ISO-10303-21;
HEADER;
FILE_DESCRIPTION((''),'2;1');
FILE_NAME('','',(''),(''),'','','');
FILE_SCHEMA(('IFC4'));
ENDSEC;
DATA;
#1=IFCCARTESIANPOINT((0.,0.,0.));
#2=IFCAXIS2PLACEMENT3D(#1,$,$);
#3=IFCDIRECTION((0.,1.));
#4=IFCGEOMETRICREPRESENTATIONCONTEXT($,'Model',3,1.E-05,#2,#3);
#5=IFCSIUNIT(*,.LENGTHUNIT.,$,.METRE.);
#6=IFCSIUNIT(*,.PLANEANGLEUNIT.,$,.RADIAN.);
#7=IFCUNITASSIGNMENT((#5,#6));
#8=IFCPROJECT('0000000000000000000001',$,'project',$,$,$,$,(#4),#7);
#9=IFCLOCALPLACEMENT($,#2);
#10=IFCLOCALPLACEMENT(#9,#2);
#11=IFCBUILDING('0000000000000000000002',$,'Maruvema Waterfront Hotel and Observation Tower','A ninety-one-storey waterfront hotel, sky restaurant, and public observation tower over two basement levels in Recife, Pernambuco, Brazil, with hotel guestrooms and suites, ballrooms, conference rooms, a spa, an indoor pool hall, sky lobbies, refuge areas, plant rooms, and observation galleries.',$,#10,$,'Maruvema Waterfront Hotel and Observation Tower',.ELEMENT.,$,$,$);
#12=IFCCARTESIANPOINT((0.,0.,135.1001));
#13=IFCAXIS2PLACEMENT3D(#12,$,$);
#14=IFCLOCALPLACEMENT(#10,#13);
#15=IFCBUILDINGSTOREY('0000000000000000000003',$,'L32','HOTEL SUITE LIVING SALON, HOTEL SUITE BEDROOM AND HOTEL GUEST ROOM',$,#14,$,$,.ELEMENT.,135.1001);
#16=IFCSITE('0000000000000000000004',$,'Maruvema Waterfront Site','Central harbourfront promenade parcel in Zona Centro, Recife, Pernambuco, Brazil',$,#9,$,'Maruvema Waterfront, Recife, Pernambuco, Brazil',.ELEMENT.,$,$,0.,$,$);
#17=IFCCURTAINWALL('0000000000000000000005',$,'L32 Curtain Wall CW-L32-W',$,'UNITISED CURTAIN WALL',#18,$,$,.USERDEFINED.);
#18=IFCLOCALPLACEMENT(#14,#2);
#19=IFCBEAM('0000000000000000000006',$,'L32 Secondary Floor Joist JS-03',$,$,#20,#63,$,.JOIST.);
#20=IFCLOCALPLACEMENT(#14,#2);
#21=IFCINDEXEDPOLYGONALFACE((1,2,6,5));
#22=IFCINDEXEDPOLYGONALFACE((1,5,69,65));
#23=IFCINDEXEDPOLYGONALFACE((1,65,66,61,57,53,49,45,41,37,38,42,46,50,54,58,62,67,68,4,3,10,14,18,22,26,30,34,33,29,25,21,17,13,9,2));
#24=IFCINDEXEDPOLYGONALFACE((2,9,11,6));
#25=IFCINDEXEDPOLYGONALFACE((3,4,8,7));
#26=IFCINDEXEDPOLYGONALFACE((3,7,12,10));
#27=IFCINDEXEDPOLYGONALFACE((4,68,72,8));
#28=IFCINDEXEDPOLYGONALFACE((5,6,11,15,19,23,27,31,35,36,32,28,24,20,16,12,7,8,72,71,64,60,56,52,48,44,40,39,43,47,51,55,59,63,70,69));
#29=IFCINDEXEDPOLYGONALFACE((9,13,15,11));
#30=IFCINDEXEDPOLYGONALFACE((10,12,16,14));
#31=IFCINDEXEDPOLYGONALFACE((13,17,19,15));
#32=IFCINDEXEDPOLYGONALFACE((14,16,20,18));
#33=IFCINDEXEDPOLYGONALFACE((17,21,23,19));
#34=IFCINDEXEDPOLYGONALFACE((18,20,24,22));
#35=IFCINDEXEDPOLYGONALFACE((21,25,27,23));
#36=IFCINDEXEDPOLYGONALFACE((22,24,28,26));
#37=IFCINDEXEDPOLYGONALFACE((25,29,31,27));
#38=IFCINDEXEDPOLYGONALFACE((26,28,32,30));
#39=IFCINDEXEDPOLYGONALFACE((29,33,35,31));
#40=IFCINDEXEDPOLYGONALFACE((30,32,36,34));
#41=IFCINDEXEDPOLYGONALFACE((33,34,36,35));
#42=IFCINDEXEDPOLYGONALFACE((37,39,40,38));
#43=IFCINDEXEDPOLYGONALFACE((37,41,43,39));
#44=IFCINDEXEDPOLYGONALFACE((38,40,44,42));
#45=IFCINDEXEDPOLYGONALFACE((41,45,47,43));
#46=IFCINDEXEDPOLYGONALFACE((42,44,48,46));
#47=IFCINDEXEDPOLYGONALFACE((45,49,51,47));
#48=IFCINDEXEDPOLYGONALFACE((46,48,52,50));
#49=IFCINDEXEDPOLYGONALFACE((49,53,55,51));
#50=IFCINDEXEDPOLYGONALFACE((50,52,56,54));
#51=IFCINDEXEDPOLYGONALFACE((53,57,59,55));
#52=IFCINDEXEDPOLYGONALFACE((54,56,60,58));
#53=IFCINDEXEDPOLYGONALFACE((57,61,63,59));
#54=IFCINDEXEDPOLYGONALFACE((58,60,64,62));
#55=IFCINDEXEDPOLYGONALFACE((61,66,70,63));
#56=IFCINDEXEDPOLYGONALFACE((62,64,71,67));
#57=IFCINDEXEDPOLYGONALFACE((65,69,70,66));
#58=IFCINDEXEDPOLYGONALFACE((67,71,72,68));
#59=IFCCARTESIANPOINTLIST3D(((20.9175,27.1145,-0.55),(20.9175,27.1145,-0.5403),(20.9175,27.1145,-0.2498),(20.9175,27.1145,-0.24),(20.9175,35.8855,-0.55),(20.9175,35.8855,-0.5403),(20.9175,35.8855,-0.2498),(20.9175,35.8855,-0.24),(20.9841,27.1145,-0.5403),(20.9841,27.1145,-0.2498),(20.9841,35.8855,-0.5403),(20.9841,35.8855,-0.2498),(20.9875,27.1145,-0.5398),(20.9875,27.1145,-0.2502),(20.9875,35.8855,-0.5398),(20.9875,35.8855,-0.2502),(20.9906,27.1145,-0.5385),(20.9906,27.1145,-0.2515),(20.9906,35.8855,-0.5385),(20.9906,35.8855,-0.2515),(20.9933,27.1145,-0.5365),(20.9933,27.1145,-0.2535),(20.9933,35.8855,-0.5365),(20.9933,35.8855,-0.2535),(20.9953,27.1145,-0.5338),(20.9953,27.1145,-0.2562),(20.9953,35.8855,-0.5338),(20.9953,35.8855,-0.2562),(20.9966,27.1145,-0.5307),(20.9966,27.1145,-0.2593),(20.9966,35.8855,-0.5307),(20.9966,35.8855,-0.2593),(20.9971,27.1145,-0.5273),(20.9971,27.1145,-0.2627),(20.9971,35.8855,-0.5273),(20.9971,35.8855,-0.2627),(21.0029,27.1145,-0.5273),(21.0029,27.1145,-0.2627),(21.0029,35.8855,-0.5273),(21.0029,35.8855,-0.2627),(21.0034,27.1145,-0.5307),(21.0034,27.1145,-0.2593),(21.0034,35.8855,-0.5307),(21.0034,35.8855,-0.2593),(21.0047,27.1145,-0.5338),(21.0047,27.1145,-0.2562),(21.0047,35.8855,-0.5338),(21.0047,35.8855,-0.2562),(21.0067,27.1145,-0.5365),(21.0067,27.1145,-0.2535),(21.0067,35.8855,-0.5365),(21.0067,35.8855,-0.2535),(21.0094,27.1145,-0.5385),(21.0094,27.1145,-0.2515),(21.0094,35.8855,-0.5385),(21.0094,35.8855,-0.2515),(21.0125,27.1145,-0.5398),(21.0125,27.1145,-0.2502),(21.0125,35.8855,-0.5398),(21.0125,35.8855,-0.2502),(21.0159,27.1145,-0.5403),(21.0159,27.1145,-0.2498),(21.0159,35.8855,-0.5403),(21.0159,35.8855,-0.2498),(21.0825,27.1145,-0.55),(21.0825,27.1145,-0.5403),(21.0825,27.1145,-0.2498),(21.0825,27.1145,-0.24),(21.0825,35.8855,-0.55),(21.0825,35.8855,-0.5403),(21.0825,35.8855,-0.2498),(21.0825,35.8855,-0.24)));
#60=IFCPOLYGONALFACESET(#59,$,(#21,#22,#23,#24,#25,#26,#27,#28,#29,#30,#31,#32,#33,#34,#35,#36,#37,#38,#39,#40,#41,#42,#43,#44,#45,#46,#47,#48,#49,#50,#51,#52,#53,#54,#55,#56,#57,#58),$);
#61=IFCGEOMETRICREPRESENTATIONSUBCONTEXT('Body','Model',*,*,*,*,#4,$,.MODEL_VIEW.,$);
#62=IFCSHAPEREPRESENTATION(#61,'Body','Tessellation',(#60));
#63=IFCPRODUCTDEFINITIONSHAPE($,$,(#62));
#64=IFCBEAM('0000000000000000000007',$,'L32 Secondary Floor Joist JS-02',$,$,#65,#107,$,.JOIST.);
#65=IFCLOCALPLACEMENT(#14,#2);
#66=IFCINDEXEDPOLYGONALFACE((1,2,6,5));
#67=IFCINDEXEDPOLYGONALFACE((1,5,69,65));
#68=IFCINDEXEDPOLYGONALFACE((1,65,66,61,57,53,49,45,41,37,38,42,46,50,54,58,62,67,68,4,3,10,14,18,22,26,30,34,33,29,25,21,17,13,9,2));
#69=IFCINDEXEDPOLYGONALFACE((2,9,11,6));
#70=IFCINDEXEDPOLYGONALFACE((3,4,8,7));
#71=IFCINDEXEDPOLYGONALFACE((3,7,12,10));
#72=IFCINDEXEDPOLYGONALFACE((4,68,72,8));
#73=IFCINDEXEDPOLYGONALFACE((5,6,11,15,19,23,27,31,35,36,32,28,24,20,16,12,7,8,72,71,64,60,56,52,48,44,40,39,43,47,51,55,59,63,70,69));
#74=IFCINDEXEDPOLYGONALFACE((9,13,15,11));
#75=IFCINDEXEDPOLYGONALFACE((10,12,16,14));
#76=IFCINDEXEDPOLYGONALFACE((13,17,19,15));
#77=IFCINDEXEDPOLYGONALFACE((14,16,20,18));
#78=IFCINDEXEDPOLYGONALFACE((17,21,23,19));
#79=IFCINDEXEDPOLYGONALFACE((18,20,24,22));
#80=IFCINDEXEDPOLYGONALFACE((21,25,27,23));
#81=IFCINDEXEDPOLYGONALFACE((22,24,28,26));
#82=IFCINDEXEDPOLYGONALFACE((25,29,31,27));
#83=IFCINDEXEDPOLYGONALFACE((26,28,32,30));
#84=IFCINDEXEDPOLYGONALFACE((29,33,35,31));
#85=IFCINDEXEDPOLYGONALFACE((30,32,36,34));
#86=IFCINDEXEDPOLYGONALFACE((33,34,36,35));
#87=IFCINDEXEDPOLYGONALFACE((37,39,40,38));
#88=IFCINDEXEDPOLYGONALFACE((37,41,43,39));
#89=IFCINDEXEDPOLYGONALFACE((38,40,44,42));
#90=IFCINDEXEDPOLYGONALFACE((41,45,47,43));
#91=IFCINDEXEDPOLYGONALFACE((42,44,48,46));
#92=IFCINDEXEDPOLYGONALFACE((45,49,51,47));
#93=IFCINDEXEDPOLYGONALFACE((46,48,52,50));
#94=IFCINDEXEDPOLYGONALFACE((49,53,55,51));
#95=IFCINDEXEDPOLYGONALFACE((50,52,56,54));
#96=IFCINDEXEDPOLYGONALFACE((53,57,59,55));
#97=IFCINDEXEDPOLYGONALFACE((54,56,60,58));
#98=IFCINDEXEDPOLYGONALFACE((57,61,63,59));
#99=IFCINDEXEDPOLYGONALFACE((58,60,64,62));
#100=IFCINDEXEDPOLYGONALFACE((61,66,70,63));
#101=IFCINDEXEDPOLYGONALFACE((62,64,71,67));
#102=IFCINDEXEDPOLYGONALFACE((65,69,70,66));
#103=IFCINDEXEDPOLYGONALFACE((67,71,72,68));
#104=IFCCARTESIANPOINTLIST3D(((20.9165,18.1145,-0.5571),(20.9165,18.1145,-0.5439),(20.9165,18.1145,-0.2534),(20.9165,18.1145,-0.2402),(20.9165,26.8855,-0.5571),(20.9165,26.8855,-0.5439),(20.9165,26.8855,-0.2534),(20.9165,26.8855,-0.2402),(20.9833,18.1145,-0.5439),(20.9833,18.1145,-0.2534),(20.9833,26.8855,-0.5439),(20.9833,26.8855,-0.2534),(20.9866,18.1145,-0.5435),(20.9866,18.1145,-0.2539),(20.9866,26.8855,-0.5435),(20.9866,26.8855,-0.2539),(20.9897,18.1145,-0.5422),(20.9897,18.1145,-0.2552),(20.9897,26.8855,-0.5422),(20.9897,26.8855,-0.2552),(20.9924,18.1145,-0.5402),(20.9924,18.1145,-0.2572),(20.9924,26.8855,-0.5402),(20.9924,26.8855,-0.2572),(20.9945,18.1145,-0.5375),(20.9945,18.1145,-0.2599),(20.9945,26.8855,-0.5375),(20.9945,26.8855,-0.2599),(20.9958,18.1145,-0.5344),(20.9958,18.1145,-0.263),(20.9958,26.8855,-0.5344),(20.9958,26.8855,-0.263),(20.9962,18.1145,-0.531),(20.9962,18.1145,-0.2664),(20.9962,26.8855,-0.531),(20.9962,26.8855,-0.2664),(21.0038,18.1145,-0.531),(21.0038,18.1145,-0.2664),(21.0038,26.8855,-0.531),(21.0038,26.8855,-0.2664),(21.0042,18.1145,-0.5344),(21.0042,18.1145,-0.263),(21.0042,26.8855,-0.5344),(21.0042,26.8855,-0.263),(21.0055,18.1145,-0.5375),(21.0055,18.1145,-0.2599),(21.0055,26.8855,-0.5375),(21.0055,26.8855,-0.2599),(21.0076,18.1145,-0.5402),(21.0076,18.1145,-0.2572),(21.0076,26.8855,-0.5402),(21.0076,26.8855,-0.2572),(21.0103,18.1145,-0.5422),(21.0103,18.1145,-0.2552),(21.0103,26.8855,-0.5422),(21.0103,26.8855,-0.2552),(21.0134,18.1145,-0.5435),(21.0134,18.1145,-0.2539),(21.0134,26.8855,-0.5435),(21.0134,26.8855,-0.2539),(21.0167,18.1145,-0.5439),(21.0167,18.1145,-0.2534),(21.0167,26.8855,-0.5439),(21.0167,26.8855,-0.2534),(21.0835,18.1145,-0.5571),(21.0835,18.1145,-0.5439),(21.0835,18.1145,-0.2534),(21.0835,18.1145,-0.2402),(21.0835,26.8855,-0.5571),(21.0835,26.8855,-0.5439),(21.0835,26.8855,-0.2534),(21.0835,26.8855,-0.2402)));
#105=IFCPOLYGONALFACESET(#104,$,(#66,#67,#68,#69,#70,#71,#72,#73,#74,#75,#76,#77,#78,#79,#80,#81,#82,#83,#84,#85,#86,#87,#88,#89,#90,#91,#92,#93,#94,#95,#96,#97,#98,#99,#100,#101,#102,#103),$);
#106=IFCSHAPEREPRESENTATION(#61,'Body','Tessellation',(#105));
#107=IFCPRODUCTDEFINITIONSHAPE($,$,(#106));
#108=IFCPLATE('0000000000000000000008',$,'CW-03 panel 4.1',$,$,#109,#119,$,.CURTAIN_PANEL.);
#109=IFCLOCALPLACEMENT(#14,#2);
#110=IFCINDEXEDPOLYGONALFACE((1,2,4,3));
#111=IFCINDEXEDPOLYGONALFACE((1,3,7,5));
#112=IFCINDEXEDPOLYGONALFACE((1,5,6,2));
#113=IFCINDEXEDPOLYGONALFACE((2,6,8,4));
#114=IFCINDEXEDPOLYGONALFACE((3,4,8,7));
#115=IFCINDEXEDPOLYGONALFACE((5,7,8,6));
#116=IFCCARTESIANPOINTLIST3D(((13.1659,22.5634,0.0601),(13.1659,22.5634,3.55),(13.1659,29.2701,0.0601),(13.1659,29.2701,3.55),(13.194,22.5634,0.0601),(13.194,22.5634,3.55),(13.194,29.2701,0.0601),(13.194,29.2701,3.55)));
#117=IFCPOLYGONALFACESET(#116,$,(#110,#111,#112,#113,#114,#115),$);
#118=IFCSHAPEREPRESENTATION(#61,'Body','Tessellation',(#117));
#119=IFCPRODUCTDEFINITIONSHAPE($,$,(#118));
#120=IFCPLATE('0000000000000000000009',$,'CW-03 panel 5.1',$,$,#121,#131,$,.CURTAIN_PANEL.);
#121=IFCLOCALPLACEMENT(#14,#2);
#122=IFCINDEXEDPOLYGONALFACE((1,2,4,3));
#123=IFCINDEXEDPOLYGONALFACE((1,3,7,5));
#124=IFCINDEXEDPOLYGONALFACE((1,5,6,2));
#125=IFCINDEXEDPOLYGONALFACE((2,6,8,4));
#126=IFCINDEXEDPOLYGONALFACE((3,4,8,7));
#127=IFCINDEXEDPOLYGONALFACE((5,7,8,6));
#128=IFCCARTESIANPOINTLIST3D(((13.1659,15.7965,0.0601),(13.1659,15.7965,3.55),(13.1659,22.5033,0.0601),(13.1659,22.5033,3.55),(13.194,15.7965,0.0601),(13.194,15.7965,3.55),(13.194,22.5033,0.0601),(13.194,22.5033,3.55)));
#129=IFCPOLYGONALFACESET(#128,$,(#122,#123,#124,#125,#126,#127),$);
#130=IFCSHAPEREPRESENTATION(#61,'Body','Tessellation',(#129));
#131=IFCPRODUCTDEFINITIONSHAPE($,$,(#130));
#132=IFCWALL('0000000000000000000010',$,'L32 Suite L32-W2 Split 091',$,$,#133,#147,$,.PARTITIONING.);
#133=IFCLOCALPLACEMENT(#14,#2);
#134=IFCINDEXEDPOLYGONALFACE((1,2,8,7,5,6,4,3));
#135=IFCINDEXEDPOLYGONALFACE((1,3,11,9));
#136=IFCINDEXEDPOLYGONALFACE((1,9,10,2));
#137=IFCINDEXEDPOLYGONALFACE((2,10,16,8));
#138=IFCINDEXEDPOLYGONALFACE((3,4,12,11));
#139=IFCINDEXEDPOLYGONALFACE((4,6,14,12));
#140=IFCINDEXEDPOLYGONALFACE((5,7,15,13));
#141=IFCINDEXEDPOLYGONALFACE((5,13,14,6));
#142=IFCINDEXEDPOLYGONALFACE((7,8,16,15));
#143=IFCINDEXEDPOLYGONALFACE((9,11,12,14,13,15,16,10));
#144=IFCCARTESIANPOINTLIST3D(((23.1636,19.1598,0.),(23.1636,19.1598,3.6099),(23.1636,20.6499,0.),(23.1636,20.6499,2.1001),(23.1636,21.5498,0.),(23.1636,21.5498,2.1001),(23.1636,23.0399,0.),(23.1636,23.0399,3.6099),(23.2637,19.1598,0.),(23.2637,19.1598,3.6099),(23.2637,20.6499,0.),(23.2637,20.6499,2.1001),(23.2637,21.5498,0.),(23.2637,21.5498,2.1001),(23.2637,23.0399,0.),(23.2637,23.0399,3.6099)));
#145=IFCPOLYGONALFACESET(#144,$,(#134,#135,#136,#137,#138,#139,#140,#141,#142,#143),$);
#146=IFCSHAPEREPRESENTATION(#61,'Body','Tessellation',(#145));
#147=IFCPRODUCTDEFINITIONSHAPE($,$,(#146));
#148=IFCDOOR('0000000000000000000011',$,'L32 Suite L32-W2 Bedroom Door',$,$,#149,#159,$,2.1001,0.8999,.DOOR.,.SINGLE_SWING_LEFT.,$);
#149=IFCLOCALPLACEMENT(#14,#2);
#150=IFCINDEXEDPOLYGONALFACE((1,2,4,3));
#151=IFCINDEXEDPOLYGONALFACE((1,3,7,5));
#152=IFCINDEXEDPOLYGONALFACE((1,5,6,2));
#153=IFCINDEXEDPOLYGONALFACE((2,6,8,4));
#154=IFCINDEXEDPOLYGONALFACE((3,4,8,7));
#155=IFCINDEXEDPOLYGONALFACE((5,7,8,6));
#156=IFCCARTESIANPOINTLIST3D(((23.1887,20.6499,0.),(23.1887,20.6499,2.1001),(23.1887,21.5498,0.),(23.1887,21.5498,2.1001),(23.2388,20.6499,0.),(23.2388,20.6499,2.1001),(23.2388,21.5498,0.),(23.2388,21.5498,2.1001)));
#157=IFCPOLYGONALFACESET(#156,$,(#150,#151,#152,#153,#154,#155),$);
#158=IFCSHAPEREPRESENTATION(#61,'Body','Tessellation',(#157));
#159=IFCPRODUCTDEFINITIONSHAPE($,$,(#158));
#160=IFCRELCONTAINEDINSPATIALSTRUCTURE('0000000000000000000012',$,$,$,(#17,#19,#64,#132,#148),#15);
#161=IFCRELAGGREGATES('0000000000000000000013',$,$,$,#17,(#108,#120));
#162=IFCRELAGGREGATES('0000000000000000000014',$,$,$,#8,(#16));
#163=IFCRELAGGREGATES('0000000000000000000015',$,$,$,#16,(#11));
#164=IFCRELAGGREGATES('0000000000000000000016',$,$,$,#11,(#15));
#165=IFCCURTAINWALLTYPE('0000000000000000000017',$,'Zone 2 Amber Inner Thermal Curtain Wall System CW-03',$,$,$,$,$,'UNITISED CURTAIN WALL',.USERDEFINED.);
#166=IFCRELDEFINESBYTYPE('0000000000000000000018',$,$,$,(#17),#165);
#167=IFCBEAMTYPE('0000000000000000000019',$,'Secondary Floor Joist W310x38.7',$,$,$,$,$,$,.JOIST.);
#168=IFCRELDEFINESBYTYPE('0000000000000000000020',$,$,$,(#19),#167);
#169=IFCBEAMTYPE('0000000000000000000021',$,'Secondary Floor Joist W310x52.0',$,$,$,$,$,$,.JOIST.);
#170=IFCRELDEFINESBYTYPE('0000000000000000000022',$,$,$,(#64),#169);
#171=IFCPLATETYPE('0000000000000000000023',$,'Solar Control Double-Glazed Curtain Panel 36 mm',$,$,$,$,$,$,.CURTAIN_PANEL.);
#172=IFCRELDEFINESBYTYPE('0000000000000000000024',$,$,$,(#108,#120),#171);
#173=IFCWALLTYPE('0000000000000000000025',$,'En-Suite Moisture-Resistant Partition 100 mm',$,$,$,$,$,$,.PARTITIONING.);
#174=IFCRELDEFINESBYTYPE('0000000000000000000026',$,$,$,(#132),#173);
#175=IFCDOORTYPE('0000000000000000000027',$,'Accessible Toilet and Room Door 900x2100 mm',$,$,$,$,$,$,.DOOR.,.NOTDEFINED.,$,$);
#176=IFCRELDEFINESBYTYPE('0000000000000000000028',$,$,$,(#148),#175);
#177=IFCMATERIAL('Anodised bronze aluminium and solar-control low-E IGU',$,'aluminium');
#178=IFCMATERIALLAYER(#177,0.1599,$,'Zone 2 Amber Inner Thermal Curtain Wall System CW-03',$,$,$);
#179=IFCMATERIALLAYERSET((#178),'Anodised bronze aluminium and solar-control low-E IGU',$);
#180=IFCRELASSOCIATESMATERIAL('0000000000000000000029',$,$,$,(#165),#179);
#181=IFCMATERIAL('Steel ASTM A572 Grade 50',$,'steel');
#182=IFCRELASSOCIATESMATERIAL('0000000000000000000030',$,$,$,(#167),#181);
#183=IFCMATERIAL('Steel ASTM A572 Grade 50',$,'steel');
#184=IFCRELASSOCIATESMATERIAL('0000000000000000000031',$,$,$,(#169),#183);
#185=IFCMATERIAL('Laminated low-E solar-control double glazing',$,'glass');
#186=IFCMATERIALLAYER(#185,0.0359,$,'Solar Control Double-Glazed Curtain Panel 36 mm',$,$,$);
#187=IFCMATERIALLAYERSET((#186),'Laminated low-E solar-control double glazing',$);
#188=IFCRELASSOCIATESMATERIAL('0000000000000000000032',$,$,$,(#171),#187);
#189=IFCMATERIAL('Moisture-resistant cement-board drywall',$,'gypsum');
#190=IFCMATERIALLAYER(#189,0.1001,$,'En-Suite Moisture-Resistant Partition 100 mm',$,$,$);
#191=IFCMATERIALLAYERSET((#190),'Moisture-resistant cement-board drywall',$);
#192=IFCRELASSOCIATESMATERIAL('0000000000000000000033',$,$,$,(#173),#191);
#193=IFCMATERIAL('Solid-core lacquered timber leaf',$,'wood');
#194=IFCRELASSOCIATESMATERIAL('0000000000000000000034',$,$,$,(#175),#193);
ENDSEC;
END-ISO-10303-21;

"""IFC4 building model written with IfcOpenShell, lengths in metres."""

from ifc_helpers import new_model, si_unit, direction, frame, frame_2d, origin, origin_2d, place, context, subcontext, project, spatial, rectangle, i_section, extrude, material, layer, layer_set, material_profile, profile_set, type_object, element, fill, aggregate, save


model = new_model("IFC4")

# Units and contexts
model_context = context("Model", 3, precision=1e-05, world=origin(), true_north=direction((0.0, 1.0)))
body_context = subcontext(model_context, "Body", "Model", "MODEL_VIEW")
ifc_project = project(units=[si_unit("LENGTHUNIT", "METRE"), si_unit("PLANEANGLEUNIT", "RADIAN")], contexts=[model_context])

# Site, building, storey
site_placement = place(None, origin())
site = spatial("IfcSite", under=ifc_project, at=site_placement, Name="Maruvema Waterfront Site", Description="Central harbourfront promenade parcel in Zona Centro, Recife, Pernambuco, Brazil", LongName="Maruvema Waterfront, Recife, Pernambuco, Brazil", CompositionType="ELEMENT", RefElevation=0.0)
building_placement = place(site_placement, origin())
building = spatial("IfcBuilding", under=site, at=building_placement, Name="Maruvema Waterfront Hotel and Observation Tower", Description="A ninety-one-storey waterfront hotel, sky restaurant, and public observation tower over two basement levels in Recife, Pernambuco, Brazil, with hotel guestrooms and suites, ballrooms, conference rooms, a spa, an indoor pool hall, sky lobbies, refuge areas, plant rooms, and observation galleries.", LongName="Maruvema Waterfront Hotel and Observation Tower", CompositionType="ELEMENT")
storey_placement = place(building_placement, frame((0.0, 0.0, 135.1001)))
storey = spatial("IfcBuildingStorey", under=building, at=storey_placement, Name="L32", Description="HOTEL SUITE LIVING SALON, HOTEL SUITE BEDROOM AND HOTEL GUEST ROOM", CompositionType="ELEMENT", Elevation=135.1001)

# Curtain wall
ifc_material_1 = material(Name="Anodised bronze aluminium and solar-control low-E IGU", Category="aluminium")
ifc_layer_1 = layer(ifc_material_1, 0.1599, Name="Zone 2 Amber Inner Thermal Curtain Wall System CW-03")
ifc_layer_set_1 = layer_set([ifc_layer_1], Name="Anodised bronze aluminium and solar-control low-E IGU")
curtain_wall_type = type_object("IfcCurtainWallType", Name="Zone 2 Amber Inner Thermal Curtain Wall System CW-03", ElementType="UNITISED CURTAIN WALL", PredefinedType="USERDEFINED", material=ifc_layer_set_1)
curtain_wall_placement = place(storey_placement, origin())
curtain_wall = element("IfcCurtainWall", 1, at=curtain_wall_placement, inside=storey, type_object=curtain_wall_type, Name="L32 Curtain Wall CW-L32-W", ObjectType="UNITISED CURTAIN WALL", PredefinedType="USERDEFINED")

# Beams
ifc_material_2 = material(Name="Steel ASTM A572 Grade 50", Category="steel")
ifc_material_profile_1 = material_profile(ifc_material_2, i_section(OverallWidth=0.165, OverallDepth=0.3101, WebThickness=0.0059, FlangeThickness=0.0098, FilletRadius=0.0129, at=origin_2d()), Name="W310x38.7")
ifc_profile_set_1 = profile_set([ifc_material_profile_1], Name="Steel ASTM A572 Grade 50")
beam_type_1 = type_object("IfcBeamType", Name="Secondary Floor Joist W310x38.7", PredefinedType="JOIST", material=ifc_profile_set_1)
beam_1_placement = place(storey_placement, frame((21.0, 27.1145, -0.395), z_axis=(0.0, 1.0, 0.0), x_axis=(-1.0, 0.0, 0.0)))
element("IfcBeam", 2, at=beam_1_placement, inside=storey, type_object=beam_type_1, Name="L32 Secondary Floor Joist JS-03", PredefinedType="JOIST", context=body_context, shape_type="SweptSolid", body=[
    extrude(i_section(OverallWidth=0.165, OverallDepth=0.3101, WebThickness=0.0059, FlangeThickness=0.0098, FilletRadius=0.0129, at=origin_2d()), origin(), (0.0, 0.0, 1.0), 8.771),
])
ifc_material_3 = material(Name="Steel ASTM A572 Grade 50", Category="steel")
ifc_material_profile_2 = material_profile(ifc_material_3, i_section(OverallWidth=0.167, OverallDepth=0.3169, WebThickness=0.0076, FlangeThickness=0.0132, FilletRadius=0.0129, at=origin_2d()), Name="W310x52.0")
ifc_profile_set_2 = profile_set([ifc_material_profile_2], Name="Steel ASTM A572 Grade 50")
beam_type_2 = type_object("IfcBeamType", Name="Secondary Floor Joist W310x52.0", PredefinedType="JOIST", material=ifc_profile_set_2)
beam_2_placement = place(storey_placement, frame((21.0, 18.1145, -0.3987), z_axis=(0.0, 1.0, 0.0), x_axis=(-1.0, 0.0, 0.0)))
element("IfcBeam", 3, at=beam_2_placement, inside=storey, type_object=beam_type_2, Name="L32 Secondary Floor Joist JS-02", PredefinedType="JOIST", context=body_context, shape_type="SweptSolid", body=[
    extrude(i_section(OverallWidth=0.167, OverallDepth=0.3169, WebThickness=0.0076, FlangeThickness=0.0132, FilletRadius=0.0129, at=origin_2d()), origin(), (0.0, 0.0, 1.0), 8.771),
])

# Plates
ifc_material_4 = material(Name="Laminated low-E solar-control double glazing", Category="glass")
ifc_layer_2 = layer(ifc_material_4, 0.0359, Name="Solar Control Double-Glazed Curtain Panel 36 mm")
ifc_layer_set_2 = layer_set([ifc_layer_2], Name="Laminated low-E solar-control double glazing")
plate_type = type_object("IfcPlateType", Name="Solar Control Double-Glazed Curtain Panel 36 mm", PredefinedType="CURTAIN_PANEL", material=ifc_layer_set_2)
plate_1_placement = place(storey_placement, frame((13.1799, 25.9167, 0.0601), z_axis=(0.0, 0.0, 1.0), x_axis=(0.0, -1.0, 0.0)))
plate_1 = element("IfcPlate", 4, at=plate_1_placement, type_object=plate_type, Name="CW-03 panel 4.1", PredefinedType="CURTAIN_PANEL", context=body_context, shape_type="SweptSolid", body=[
    extrude(rectangle(XDim=6.7068, YDim=0.0281, at=origin_2d()), origin(), (0.0, 0.0, 1.0), 3.49),
])
plate_2_placement = place(storey_placement, frame((13.1799, 19.1499, 0.0601), z_axis=(0.0, 0.0, 1.0), x_axis=(0.0, -1.0, 0.0)))
plate_2 = element("IfcPlate", 5, at=plate_2_placement, type_object=plate_type, Name="CW-03 panel 5.1", PredefinedType="CURTAIN_PANEL", context=body_context, shape_type="SweptSolid", body=[
    extrude(rectangle(XDim=6.7068, YDim=0.0281, at=origin_2d()), origin(), (0.0, 0.0, 1.0), 3.49),
])
aggregate(curtain_wall, [plate_1, plate_2])

# Wall, opening, door
ifc_material_5 = material(Name="Moisture-resistant cement-board drywall", Category="gypsum")
ifc_layer_3 = layer(ifc_material_5, 0.1001, Name="En-Suite Moisture-Resistant Partition 100 mm")
ifc_layer_set_3 = layer_set([ifc_layer_3], Name="Moisture-resistant cement-board drywall")
wall_type_1 = type_object("IfcWallType", Name="En-Suite Moisture-Resistant Partition 100 mm", PredefinedType="PARTITIONING", material=ifc_layer_set_3)
wall_1_placement = place(storey_placement, frame((23.2136, 19.1599, 0.0), z_axis=(0.0, 0.0, 1.0), x_axis=(0.0, 1.0, 0.0)))
wall_1 = element("IfcWall", 6, at=wall_1_placement, inside=storey, type_object=wall_type_1, Name="L32 Suite L32-W2 Split 091", PredefinedType="PARTITIONING", context=body_context, shape_type="SweptSolid", body=[
    extrude(rectangle(XDim=3.8801, YDim=0.1001, at=frame_2d((1.9399, 0.0))), origin(), (0.0, 0.0, 1.0), 3.6099),
])
opening_1_placement = place(wall_1_placement, frame((1.49, 0.0, 0.0)))
opening_1 = element("IfcOpeningElement", 7, at=opening_1_placement, cuts=wall_1, PredefinedType="OPENING", context=body_context, shape_type="SweptSolid", body=[
    extrude(rectangle(XDim=0.8999, YDim=2.1001, at=frame_2d((0.45, 1.05))), frame((0.0, 0.0601, 0.0), z_axis=(0.0, -1.0, 0.0), x_axis=(1.0, 0.0, 0.0)), (0.0, 0.0, 1.0), 0.1201),
])
ifc_material_6 = material(Name="Solid-core lacquered timber leaf", Category="wood")
door_type = type_object("IfcDoorType", Name="Accessible Toilet and Room Door 900x2100 mm", OperationType="NOTDEFINED", PredefinedType="DOOR", material=ifc_material_6)
door_1_placement = place(opening_1_placement, origin())
door_1 = element("IfcDoor", 8, at=door_1_placement, inside=storey, type_object=door_type, Name="L32 Suite L32-W2 Bedroom Door", OperationType="SINGLE_SWING_LEFT", OverallHeight=2.1001, OverallWidth=0.8999, PredefinedType="DOOR", context=body_context, shape_type="SweptSolid", body=[
    extrude(rectangle(XDim=0.8999, YDim=2.1001, at=frame_2d((0.45, 1.05))), frame((0.0, 0.0249, 0.0), z_axis=(0.0, -1.0, 0.0), x_axis=(1.0, 0.0, 0.0)), (0.0, 0.0, 1.0), 0.05),
])
fill(opening_1, door_1)

save(model, "model.ifc")
